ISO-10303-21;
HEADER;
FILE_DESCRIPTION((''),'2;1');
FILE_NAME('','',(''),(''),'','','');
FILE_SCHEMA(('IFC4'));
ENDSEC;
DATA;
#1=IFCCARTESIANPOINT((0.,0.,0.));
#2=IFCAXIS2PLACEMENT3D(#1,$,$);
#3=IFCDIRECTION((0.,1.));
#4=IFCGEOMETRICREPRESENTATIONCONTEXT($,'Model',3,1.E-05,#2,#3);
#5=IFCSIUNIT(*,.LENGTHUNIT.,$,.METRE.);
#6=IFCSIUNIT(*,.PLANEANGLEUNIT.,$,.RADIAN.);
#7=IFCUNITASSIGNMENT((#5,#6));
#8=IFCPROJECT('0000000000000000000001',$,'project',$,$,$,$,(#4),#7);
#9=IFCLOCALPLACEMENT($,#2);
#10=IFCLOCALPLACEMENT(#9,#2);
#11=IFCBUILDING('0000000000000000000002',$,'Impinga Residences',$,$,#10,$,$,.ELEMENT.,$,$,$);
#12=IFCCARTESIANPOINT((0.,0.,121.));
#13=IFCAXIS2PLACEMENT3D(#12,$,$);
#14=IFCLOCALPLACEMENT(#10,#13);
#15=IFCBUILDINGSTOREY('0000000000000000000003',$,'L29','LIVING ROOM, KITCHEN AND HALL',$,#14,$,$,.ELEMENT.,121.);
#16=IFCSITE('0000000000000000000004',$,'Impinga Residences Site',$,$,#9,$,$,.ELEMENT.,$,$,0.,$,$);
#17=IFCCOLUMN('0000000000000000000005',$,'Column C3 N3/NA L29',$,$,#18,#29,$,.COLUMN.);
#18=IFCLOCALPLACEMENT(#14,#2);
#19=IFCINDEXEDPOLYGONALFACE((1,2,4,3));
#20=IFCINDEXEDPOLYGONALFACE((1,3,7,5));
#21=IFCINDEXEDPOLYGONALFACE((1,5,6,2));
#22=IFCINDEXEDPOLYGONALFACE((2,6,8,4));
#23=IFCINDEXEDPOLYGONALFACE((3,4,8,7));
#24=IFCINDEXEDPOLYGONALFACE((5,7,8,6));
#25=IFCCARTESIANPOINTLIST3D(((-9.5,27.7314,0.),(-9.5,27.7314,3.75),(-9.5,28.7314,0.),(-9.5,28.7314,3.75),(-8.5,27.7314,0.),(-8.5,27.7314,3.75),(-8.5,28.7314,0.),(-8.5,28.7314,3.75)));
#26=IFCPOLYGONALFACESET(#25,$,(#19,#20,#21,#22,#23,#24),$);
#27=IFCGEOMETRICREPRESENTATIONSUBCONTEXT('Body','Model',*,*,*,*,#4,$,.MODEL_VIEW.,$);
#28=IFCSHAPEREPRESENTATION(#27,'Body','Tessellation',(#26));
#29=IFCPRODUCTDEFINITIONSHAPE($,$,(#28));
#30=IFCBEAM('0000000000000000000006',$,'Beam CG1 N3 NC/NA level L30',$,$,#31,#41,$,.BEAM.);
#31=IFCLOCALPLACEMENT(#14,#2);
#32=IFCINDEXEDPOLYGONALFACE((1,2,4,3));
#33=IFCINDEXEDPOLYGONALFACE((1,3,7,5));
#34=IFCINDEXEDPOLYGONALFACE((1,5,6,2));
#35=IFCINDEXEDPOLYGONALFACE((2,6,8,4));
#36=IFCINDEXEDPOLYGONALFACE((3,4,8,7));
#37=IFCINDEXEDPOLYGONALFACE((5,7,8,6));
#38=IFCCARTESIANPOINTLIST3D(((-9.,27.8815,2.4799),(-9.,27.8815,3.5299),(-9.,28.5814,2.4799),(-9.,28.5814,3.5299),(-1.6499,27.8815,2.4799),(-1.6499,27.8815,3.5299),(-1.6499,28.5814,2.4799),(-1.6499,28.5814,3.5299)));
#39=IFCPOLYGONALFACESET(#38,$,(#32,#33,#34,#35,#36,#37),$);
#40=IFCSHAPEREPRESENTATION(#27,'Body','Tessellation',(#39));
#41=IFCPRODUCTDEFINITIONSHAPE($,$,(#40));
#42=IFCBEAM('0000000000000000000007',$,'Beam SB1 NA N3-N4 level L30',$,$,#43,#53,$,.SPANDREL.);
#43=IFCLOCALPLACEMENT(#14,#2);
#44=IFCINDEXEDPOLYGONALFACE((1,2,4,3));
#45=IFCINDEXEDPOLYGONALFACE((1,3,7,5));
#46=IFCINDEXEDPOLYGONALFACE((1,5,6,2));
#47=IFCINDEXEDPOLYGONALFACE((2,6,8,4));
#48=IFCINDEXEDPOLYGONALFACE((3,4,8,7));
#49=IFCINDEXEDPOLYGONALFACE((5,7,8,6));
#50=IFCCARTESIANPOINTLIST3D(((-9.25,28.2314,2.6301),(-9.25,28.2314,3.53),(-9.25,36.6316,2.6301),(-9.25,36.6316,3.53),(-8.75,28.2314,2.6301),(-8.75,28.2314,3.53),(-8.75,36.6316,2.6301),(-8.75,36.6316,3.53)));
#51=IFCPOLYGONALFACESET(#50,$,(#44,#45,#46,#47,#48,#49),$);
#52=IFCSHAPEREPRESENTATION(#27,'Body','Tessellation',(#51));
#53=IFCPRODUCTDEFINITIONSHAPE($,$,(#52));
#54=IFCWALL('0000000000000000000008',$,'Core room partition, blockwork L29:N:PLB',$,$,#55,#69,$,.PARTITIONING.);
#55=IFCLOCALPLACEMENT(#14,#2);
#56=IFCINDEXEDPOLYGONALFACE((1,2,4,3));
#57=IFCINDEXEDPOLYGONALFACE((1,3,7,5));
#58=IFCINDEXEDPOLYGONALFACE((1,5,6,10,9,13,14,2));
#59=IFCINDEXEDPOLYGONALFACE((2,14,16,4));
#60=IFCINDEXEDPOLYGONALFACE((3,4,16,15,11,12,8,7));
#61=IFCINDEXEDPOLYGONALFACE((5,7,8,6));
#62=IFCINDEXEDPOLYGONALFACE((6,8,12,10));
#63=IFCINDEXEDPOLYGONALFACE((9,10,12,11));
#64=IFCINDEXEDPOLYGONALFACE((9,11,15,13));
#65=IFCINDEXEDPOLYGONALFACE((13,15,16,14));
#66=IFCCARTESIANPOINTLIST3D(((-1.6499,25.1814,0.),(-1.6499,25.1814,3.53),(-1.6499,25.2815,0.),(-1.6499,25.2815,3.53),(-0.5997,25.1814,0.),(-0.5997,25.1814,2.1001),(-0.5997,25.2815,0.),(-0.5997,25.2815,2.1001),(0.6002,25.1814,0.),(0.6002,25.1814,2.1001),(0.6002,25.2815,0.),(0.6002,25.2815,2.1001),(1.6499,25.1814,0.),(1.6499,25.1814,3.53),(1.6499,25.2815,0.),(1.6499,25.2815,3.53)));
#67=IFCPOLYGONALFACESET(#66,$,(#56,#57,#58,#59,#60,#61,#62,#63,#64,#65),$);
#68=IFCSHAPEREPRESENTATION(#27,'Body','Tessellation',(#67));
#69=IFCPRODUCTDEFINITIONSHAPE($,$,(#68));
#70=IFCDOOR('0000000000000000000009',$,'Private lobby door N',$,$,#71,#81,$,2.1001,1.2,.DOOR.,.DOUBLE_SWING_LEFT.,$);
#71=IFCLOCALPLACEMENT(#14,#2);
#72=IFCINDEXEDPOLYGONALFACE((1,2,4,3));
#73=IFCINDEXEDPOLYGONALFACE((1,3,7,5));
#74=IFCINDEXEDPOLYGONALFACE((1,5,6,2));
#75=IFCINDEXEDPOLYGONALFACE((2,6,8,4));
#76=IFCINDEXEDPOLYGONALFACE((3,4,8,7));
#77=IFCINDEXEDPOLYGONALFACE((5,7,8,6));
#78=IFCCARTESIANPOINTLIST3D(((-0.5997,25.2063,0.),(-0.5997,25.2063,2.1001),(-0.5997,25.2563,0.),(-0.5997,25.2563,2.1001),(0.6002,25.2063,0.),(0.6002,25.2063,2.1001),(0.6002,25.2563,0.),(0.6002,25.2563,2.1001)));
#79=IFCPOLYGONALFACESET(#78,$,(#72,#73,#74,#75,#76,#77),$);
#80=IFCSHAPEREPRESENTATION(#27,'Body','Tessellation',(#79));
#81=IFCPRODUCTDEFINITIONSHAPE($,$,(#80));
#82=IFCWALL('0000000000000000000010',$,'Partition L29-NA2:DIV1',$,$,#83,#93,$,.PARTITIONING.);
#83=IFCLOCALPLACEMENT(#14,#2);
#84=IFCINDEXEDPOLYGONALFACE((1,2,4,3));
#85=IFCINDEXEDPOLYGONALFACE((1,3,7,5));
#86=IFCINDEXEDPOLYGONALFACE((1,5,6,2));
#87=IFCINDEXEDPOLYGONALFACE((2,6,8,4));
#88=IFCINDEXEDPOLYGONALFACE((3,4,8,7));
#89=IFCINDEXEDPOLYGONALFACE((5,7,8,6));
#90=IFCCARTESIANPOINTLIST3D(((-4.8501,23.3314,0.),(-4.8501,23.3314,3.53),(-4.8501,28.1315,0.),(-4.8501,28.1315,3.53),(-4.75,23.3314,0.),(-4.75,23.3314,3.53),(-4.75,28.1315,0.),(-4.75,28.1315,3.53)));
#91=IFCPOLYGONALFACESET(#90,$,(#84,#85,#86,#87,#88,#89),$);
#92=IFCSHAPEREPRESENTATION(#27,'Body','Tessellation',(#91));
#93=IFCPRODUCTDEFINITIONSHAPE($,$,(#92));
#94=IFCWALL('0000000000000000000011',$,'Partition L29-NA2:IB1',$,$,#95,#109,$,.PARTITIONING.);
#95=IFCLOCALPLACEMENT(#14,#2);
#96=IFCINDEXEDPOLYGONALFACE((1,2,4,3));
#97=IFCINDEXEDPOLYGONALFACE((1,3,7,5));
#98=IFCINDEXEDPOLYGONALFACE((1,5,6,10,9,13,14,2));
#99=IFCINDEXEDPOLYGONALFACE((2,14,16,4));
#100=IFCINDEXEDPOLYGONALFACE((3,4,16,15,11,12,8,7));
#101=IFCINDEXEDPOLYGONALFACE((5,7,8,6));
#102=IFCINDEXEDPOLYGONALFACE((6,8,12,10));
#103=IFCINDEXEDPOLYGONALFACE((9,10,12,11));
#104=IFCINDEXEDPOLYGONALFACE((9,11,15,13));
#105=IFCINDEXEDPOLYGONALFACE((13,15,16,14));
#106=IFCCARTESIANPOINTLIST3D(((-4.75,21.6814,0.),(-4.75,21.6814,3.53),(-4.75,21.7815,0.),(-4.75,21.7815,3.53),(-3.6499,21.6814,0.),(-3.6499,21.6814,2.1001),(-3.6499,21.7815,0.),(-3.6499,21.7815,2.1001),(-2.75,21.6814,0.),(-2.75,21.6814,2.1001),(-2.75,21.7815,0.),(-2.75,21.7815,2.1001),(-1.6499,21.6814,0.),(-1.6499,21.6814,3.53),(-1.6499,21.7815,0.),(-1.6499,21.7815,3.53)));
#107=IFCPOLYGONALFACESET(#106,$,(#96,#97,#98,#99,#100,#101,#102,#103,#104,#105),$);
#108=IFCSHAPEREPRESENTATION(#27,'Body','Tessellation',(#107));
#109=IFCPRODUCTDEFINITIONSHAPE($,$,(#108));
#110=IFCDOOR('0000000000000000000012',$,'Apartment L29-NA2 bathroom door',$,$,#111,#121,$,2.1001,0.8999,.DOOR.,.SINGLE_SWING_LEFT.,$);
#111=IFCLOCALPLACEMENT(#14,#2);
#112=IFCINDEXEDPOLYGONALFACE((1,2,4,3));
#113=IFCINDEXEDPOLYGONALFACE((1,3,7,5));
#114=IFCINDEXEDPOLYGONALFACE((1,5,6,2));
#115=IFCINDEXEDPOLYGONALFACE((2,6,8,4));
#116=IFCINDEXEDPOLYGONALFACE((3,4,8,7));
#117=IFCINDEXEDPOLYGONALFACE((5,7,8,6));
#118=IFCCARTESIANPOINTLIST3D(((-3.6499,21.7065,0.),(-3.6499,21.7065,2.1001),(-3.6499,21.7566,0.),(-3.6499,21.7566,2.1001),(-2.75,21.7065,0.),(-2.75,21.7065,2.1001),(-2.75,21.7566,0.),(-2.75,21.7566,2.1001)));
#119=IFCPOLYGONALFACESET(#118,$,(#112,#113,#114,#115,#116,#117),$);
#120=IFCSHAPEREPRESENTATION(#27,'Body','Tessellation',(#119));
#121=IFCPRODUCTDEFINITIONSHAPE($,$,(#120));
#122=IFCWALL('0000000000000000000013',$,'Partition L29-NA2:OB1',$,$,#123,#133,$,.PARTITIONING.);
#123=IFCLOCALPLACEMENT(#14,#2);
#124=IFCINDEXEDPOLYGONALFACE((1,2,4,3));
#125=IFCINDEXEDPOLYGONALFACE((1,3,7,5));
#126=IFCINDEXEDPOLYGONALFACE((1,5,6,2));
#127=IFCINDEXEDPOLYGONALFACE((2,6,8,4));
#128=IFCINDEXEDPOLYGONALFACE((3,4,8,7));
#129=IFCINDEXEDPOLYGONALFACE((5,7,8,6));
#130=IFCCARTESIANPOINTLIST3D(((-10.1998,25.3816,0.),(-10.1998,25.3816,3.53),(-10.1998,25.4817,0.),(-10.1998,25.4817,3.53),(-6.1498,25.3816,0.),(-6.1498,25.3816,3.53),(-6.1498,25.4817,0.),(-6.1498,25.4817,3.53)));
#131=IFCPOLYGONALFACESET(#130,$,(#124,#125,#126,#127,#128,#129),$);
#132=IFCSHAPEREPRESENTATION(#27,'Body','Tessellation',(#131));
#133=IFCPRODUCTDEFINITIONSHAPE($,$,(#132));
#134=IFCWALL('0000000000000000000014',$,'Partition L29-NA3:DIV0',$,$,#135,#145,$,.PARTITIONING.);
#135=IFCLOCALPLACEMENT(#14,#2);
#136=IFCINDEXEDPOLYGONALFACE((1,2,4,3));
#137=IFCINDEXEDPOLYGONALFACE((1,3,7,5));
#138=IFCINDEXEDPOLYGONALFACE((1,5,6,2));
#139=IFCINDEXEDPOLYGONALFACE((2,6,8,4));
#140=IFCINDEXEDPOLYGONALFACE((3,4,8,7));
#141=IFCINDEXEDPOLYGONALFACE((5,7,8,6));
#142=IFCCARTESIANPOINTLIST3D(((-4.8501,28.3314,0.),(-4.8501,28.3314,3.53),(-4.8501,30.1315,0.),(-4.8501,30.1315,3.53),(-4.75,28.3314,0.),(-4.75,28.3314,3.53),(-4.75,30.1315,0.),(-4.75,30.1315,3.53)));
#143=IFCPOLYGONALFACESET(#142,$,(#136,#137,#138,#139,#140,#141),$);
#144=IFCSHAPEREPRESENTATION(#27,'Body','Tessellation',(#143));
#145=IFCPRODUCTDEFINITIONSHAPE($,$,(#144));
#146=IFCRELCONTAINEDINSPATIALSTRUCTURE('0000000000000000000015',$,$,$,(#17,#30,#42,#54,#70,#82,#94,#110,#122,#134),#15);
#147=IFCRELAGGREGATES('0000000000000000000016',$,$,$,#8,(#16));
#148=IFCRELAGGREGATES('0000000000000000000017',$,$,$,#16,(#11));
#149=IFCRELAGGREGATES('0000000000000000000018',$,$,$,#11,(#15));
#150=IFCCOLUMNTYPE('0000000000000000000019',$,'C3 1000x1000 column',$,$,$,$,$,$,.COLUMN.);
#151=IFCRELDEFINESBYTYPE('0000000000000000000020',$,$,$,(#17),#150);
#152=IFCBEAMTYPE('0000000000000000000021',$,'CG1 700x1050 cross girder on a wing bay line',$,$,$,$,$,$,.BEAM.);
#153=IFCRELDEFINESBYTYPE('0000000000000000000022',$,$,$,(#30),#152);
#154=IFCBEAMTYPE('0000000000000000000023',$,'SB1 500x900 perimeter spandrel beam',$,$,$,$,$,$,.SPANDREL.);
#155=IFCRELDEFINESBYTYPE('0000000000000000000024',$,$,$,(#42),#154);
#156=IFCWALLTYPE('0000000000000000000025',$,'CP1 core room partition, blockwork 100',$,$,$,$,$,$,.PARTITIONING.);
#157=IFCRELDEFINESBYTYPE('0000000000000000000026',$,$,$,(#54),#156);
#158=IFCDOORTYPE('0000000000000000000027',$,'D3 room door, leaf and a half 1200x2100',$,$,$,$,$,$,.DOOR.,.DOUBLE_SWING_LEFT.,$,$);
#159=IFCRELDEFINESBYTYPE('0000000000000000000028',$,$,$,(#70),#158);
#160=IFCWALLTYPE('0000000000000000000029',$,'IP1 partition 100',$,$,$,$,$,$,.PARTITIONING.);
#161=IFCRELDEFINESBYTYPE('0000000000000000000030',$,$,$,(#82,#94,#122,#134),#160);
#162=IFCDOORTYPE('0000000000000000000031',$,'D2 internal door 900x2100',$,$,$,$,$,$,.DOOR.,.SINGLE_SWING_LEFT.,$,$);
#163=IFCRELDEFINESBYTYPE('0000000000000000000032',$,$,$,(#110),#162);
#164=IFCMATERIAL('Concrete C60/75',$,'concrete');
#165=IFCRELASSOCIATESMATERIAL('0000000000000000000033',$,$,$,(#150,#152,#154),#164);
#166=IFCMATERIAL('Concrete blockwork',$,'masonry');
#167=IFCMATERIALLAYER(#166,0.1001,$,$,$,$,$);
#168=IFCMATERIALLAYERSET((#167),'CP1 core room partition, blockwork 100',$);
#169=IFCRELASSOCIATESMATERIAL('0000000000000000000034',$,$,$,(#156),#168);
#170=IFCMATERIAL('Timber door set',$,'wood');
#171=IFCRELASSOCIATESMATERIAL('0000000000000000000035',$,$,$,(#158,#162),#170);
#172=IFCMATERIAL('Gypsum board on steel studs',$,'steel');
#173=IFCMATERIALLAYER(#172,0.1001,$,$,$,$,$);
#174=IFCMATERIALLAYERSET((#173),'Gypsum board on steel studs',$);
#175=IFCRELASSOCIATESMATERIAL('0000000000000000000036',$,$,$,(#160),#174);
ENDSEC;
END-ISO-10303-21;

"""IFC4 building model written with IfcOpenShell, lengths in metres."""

from ifc_helpers import new_model, si_unit, direction, frame, frame_2d, origin, origin_2d, place, context, subcontext, project, spatial, rectangle, extrude, material, layer, layer_set, material_profile, profile_set, type_object, element, fill, save


model = new_model("IFC4")

# Units and contexts
model_context = context("Model", 3, precision=1e-05, world=origin(), true_north=direction((0.0, 1.0)))
body_context = subcontext(model_context, "Body", "Model", "MODEL_VIEW")
ifc_project = project(units=[si_unit("LENGTHUNIT", "METRE"), si_unit("PLANEANGLEUNIT", "RADIAN")], contexts=[model_context])

# Site, building, storey
site_placement = place(None, origin())
site = spatial("IfcSite", under=ifc_project, at=site_placement, Name="Impinga Residences Site", CompositionType="ELEMENT", RefElevation=0.0)
building_placement = place(site_placement, origin())
building = spatial("IfcBuilding", under=site, at=building_placement, Name="Impinga Residences", CompositionType="ELEMENT")
storey_placement = place(building_placement, frame((0.0, 0.0, 121.0)))
storey = spatial("IfcBuildingStorey", under=building, at=storey_placement, Name="L29", Description="LIVING ROOM, KITCHEN AND HALL", CompositionType="ELEMENT", Elevation=121.0)

# Column
ifc_material_1 = material(Name="Concrete C60/75", Category="concrete")
ifc_material_profile_1 = material_profile(ifc_material_1, rectangle(XDim=1.0, YDim=1.0, at=origin_2d()), Name="RC 1000x1000")
ifc_profile_set_1 = profile_set([ifc_material_profile_1], Name="Concrete C60/75")
column_type = type_object("IfcColumnType", Name="C3 1000x1000 column", PredefinedType="COLUMN", material=ifc_profile_set_1)
column_placement = place(storey_placement, frame((-9.0, 28.2314, 0.0), z_axis=(0.0, 0.0, 1.0), x_axis=(1.0, 0.0, 0.0)))
element("IfcColumn", 1, at=column_placement, inside=storey, type_object=column_type, Name="Column C3 N3/NA L29", PredefinedType="COLUMN", context=body_context, shape_type="SweptSolid", body=[
    extrude(rectangle(XDim=1.0, YDim=1.0, at=origin_2d()), origin(), (0.0, 0.0, 1.0), 3.75),
])

# Beams
ifc_material_profile_2 = material_profile(ifc_material_1, rectangle(XDim=0.7, YDim=1.05, at=origin_2d()), Name="RC 700x1050")
ifc_profile_set_2 = profile_set([ifc_material_profile_2], Name="Concrete C60/75")
beam_type_1 = type_object("IfcBeamType", Name="CG1 700x1050 cross girder on a wing bay line", PredefinedType="BEAM", material=ifc_profile_set_2)
beam_1_placement = place(storey_placement, frame((-1.6499, 28.2314, 3.0049), z_axis=(-1.0, 0.0, 0.0), x_axis=(0.0, -1.0, 0.0)))
element("IfcBeam", 2, at=beam_1_placement, inside=storey, type_object=beam_type_1, Name="Beam CG1 N3 NC/NA level L30", PredefinedType="BEAM", context=body_context, shape_type="SweptSolid", body=[
    extrude(rectangle(XDim=0.7, YDim=1.05, at=origin_2d()), origin(), (0.0, 0.0, 1.0), 7.3501),
])
ifc_material_profile_3 = material_profile(ifc_material_1, rectangle(XDim=0.5, YDim=0.8999, at=origin_2d()), Name="RC 500x900")
ifc_profile_set_3 = profile_set([ifc_material_profile_3], Name="Concrete C60/75")
beam_type_2 = type_object("IfcBeamType", Name="SB1 500x900 perimeter spandrel beam", PredefinedType="SPANDREL", material=ifc_profile_set_3)
beam_2_placement = place(storey_placement, frame((-9.0, 28.2314, 3.0801), z_axis=(0.0, 1.0, 0.0), x_axis=(-1.0, 0.0, 0.0)))
element("IfcBeam", 3, at=beam_2_placement, inside=storey, type_object=beam_type_2, Name="Beam SB1 NA N3-N4 level L30", PredefinedType="SPANDREL", context=body_context, shape_type="SweptSolid", body=[
    extrude(rectangle(XDim=0.5, YDim=0.8999, at=origin_2d()), origin(), (0.0, 0.0, 1.0), 8.4001),
])

# Wall, opening, door
ifc_material_2 = material(Name="Concrete blockwork", Category="masonry")
ifc_layer_1 = layer(ifc_material_2, 0.1001)
ifc_layer_set_1 = layer_set([ifc_layer_1], Name="CP1 core room partition, blockwork 100")
wall_type_1 = type_object("IfcWallType", Name="CP1 core room partition, blockwork 100", PredefinedType="PARTITIONING", material=ifc_layer_set_1)
wall_1_placement = place(storey_placement, frame((-1.6499, 25.2314, 0.0), z_axis=(0.0, 0.0, 1.0), x_axis=(1.0, 0.0, 0.0)))
wall_1 = element("IfcWall", 4, at=wall_1_placement, inside=storey, type_object=wall_type_1, Name="Core room partition, blockwork L29:N:PLB", PredefinedType="PARTITIONING", context=body_context, shape_type="SweptSolid", body=[
    extrude(rectangle(XDim=3.2998, YDim=0.1001, at=frame_2d((1.6499, 0.0))), origin(), (0.0, 0.0, 1.0), 3.53),
])
opening_1_placement = place(wall_1_placement, frame((1.05, 0.0, 0.0)))
opening_1 = element("IfcOpeningElement", 5, at=opening_1_placement, cuts=wall_1, PredefinedType="OPENING", context=body_context, shape_type="SweptSolid", body=[
    extrude(rectangle(XDim=1.2, YDim=2.1001, at=frame_2d((0.6001, 1.05))), frame((0.0, 0.0601, 0.0), z_axis=(0.0, -1.0, 0.0), x_axis=(1.0, 0.0, 0.0)), (0.0, 0.0, 1.0), 0.1201),
])
ifc_material_3 = material(Name="Timber door set", Category="wood")
door_type_1 = type_object("IfcDoorType", Name="D3 room door, leaf and a half 1200x2100", OperationType="DOUBLE_SWING_LEFT", PredefinedType="DOOR", material=ifc_material_3)
door_1_placement = place(opening_1_placement, origin())
door_1 = element("IfcDoor", 6, at=door_1_placement, inside=storey, type_object=door_type_1, Name="Private lobby door N", OperationType="DOUBLE_SWING_LEFT", OverallHeight=2.1001, OverallWidth=1.2, PredefinedType="DOOR", context=body_context, shape_type="SweptSolid", body=[
    extrude(rectangle(XDim=1.2, YDim=2.1001, at=frame_2d((0.6001, 1.05))), frame((0.0, 0.0249, 0.0), z_axis=(0.0, -1.0, 0.0), x_axis=(1.0, 0.0, 0.0)), (0.0, 0.0, 1.0), 0.05),
])
fill(opening_1, door_1)

# Wall
ifc_material_4 = material(Name="Gypsum board on steel studs", Category="steel")
ifc_layer_2 = layer(ifc_material_4, 0.1001)
ifc_layer_set_2 = layer_set([ifc_layer_2], Name="Gypsum board on steel studs")
wall_type_2 = type_object("IfcWallType", Name="IP1 partition 100", PredefinedType="PARTITIONING", material=ifc_layer_set_2)
wall_2_placement = place(storey_placement, frame((-4.8, 23.3315, 0.0), z_axis=(0.0, 0.0, 1.0), x_axis=(0.0, 1.0, 0.0)))
element("IfcWall", 7, at=wall_2_placement, inside=storey, type_object=wall_type_2, Name="Partition L29-NA2:DIV1", PredefinedType="PARTITIONING", context=body_context, shape_type="SweptSolid", body=[
    extrude(rectangle(XDim=4.8, YDim=0.1001, at=frame_2d((2.3999, 0.0))), origin(), (0.0, 0.0, 1.0), 3.53),
])

# Wall, opening, door
wall_3_placement = place(storey_placement, frame((-1.6499, 21.7314, 0.0), z_axis=(0.0, 0.0, 1.0), x_axis=(-1.0, 0.0, 0.0)))
wall_3 = element("IfcWall", 8, at=wall_3_placement, inside=storey, type_object=wall_type_2, Name="Partition L29-NA2:IB1", PredefinedType="PARTITIONING", context=body_context, shape_type="SweptSolid", body=[
    extrude(rectangle(XDim=3.1001, YDim=0.1001, at=frame_2d((1.55, 0.0))), origin(), (0.0, 0.0, 1.0), 3.53),
])
opening_2_placement = place(wall_3_placement, frame((1.1001, 0.0, 0.0)))
opening_2 = element("IfcOpeningElement", 9, at=opening_2_placement, cuts=wall_3, PredefinedType="OPENING", context=body_context, shape_type="SweptSolid", body=[
    extrude(rectangle(XDim=0.8999, YDim=2.1001, at=frame_2d((0.45, 1.05))), frame((0.0, 0.0601, 0.0), z_axis=(0.0, -1.0, 0.0), x_axis=(1.0, 0.0, 0.0)), (0.0, 0.0, 1.0), 0.1201),
])
door_type_2 = type_object("IfcDoorType", Name="D2 internal door 900x2100", OperationType="SINGLE_SWING_LEFT", PredefinedType="DOOR", material=ifc_material_3)
door_2_placement = place(opening_2_placement, origin())
door_2 = element("IfcDoor", 10, at=door_2_placement, inside=storey, type_object=door_type_2, Name="Apartment L29-NA2 bathroom door", OperationType="SINGLE_SWING_LEFT", OverallHeight=2.1001, OverallWidth=0.8999, PredefinedType="DOOR", context=body_context, shape_type="SweptSolid", body=[
    extrude(rectangle(XDim=0.8999, YDim=2.1001, at=frame_2d((0.45, 1.05))), frame((0.0, 0.0249, 0.0), z_axis=(0.0, -1.0, 0.0), x_axis=(1.0, 0.0, 0.0)), (0.0, 0.0, 1.0), 0.05),
])
fill(opening_2, door_2)

# Walls
wall_4_placement = place(storey_placement, frame((-6.1499, 25.4316, 0.0), z_axis=(0.0, 0.0, 1.0), x_axis=(-1.0, 0.0, 0.0)))
element("IfcWall", 11, at=wall_4_placement, inside=storey, type_object=wall_type_2, Name="Partition L29-NA2:OB1", PredefinedType="PARTITIONING", context=body_context, shape_type="SweptSolid", body=[
    extrude(rectangle(XDim=4.05, YDim=0.1001, at=frame_2d((2.0249, 0.0))), origin(), (0.0, 0.0, 1.0), 3.53),
])
wall_5_placement = place(storey_placement, frame((-4.8, 28.3315, 0.0), z_axis=(0.0, 0.0, 1.0), x_axis=(0.0, 1.0, 0.0)))
element("IfcWall", 12, at=wall_5_placement, inside=storey, type_object=wall_type_2, Name="Partition L29-NA3:DIV0", PredefinedType="PARTITIONING", context=body_context, shape_type="SweptSolid", body=[
    extrude(rectangle(XDim=1.8, YDim=0.1001, at=frame_2d((0.8999, 0.0))), origin(), (0.0, 0.0, 1.0), 3.53),
])

save(model, "model.ifc")
